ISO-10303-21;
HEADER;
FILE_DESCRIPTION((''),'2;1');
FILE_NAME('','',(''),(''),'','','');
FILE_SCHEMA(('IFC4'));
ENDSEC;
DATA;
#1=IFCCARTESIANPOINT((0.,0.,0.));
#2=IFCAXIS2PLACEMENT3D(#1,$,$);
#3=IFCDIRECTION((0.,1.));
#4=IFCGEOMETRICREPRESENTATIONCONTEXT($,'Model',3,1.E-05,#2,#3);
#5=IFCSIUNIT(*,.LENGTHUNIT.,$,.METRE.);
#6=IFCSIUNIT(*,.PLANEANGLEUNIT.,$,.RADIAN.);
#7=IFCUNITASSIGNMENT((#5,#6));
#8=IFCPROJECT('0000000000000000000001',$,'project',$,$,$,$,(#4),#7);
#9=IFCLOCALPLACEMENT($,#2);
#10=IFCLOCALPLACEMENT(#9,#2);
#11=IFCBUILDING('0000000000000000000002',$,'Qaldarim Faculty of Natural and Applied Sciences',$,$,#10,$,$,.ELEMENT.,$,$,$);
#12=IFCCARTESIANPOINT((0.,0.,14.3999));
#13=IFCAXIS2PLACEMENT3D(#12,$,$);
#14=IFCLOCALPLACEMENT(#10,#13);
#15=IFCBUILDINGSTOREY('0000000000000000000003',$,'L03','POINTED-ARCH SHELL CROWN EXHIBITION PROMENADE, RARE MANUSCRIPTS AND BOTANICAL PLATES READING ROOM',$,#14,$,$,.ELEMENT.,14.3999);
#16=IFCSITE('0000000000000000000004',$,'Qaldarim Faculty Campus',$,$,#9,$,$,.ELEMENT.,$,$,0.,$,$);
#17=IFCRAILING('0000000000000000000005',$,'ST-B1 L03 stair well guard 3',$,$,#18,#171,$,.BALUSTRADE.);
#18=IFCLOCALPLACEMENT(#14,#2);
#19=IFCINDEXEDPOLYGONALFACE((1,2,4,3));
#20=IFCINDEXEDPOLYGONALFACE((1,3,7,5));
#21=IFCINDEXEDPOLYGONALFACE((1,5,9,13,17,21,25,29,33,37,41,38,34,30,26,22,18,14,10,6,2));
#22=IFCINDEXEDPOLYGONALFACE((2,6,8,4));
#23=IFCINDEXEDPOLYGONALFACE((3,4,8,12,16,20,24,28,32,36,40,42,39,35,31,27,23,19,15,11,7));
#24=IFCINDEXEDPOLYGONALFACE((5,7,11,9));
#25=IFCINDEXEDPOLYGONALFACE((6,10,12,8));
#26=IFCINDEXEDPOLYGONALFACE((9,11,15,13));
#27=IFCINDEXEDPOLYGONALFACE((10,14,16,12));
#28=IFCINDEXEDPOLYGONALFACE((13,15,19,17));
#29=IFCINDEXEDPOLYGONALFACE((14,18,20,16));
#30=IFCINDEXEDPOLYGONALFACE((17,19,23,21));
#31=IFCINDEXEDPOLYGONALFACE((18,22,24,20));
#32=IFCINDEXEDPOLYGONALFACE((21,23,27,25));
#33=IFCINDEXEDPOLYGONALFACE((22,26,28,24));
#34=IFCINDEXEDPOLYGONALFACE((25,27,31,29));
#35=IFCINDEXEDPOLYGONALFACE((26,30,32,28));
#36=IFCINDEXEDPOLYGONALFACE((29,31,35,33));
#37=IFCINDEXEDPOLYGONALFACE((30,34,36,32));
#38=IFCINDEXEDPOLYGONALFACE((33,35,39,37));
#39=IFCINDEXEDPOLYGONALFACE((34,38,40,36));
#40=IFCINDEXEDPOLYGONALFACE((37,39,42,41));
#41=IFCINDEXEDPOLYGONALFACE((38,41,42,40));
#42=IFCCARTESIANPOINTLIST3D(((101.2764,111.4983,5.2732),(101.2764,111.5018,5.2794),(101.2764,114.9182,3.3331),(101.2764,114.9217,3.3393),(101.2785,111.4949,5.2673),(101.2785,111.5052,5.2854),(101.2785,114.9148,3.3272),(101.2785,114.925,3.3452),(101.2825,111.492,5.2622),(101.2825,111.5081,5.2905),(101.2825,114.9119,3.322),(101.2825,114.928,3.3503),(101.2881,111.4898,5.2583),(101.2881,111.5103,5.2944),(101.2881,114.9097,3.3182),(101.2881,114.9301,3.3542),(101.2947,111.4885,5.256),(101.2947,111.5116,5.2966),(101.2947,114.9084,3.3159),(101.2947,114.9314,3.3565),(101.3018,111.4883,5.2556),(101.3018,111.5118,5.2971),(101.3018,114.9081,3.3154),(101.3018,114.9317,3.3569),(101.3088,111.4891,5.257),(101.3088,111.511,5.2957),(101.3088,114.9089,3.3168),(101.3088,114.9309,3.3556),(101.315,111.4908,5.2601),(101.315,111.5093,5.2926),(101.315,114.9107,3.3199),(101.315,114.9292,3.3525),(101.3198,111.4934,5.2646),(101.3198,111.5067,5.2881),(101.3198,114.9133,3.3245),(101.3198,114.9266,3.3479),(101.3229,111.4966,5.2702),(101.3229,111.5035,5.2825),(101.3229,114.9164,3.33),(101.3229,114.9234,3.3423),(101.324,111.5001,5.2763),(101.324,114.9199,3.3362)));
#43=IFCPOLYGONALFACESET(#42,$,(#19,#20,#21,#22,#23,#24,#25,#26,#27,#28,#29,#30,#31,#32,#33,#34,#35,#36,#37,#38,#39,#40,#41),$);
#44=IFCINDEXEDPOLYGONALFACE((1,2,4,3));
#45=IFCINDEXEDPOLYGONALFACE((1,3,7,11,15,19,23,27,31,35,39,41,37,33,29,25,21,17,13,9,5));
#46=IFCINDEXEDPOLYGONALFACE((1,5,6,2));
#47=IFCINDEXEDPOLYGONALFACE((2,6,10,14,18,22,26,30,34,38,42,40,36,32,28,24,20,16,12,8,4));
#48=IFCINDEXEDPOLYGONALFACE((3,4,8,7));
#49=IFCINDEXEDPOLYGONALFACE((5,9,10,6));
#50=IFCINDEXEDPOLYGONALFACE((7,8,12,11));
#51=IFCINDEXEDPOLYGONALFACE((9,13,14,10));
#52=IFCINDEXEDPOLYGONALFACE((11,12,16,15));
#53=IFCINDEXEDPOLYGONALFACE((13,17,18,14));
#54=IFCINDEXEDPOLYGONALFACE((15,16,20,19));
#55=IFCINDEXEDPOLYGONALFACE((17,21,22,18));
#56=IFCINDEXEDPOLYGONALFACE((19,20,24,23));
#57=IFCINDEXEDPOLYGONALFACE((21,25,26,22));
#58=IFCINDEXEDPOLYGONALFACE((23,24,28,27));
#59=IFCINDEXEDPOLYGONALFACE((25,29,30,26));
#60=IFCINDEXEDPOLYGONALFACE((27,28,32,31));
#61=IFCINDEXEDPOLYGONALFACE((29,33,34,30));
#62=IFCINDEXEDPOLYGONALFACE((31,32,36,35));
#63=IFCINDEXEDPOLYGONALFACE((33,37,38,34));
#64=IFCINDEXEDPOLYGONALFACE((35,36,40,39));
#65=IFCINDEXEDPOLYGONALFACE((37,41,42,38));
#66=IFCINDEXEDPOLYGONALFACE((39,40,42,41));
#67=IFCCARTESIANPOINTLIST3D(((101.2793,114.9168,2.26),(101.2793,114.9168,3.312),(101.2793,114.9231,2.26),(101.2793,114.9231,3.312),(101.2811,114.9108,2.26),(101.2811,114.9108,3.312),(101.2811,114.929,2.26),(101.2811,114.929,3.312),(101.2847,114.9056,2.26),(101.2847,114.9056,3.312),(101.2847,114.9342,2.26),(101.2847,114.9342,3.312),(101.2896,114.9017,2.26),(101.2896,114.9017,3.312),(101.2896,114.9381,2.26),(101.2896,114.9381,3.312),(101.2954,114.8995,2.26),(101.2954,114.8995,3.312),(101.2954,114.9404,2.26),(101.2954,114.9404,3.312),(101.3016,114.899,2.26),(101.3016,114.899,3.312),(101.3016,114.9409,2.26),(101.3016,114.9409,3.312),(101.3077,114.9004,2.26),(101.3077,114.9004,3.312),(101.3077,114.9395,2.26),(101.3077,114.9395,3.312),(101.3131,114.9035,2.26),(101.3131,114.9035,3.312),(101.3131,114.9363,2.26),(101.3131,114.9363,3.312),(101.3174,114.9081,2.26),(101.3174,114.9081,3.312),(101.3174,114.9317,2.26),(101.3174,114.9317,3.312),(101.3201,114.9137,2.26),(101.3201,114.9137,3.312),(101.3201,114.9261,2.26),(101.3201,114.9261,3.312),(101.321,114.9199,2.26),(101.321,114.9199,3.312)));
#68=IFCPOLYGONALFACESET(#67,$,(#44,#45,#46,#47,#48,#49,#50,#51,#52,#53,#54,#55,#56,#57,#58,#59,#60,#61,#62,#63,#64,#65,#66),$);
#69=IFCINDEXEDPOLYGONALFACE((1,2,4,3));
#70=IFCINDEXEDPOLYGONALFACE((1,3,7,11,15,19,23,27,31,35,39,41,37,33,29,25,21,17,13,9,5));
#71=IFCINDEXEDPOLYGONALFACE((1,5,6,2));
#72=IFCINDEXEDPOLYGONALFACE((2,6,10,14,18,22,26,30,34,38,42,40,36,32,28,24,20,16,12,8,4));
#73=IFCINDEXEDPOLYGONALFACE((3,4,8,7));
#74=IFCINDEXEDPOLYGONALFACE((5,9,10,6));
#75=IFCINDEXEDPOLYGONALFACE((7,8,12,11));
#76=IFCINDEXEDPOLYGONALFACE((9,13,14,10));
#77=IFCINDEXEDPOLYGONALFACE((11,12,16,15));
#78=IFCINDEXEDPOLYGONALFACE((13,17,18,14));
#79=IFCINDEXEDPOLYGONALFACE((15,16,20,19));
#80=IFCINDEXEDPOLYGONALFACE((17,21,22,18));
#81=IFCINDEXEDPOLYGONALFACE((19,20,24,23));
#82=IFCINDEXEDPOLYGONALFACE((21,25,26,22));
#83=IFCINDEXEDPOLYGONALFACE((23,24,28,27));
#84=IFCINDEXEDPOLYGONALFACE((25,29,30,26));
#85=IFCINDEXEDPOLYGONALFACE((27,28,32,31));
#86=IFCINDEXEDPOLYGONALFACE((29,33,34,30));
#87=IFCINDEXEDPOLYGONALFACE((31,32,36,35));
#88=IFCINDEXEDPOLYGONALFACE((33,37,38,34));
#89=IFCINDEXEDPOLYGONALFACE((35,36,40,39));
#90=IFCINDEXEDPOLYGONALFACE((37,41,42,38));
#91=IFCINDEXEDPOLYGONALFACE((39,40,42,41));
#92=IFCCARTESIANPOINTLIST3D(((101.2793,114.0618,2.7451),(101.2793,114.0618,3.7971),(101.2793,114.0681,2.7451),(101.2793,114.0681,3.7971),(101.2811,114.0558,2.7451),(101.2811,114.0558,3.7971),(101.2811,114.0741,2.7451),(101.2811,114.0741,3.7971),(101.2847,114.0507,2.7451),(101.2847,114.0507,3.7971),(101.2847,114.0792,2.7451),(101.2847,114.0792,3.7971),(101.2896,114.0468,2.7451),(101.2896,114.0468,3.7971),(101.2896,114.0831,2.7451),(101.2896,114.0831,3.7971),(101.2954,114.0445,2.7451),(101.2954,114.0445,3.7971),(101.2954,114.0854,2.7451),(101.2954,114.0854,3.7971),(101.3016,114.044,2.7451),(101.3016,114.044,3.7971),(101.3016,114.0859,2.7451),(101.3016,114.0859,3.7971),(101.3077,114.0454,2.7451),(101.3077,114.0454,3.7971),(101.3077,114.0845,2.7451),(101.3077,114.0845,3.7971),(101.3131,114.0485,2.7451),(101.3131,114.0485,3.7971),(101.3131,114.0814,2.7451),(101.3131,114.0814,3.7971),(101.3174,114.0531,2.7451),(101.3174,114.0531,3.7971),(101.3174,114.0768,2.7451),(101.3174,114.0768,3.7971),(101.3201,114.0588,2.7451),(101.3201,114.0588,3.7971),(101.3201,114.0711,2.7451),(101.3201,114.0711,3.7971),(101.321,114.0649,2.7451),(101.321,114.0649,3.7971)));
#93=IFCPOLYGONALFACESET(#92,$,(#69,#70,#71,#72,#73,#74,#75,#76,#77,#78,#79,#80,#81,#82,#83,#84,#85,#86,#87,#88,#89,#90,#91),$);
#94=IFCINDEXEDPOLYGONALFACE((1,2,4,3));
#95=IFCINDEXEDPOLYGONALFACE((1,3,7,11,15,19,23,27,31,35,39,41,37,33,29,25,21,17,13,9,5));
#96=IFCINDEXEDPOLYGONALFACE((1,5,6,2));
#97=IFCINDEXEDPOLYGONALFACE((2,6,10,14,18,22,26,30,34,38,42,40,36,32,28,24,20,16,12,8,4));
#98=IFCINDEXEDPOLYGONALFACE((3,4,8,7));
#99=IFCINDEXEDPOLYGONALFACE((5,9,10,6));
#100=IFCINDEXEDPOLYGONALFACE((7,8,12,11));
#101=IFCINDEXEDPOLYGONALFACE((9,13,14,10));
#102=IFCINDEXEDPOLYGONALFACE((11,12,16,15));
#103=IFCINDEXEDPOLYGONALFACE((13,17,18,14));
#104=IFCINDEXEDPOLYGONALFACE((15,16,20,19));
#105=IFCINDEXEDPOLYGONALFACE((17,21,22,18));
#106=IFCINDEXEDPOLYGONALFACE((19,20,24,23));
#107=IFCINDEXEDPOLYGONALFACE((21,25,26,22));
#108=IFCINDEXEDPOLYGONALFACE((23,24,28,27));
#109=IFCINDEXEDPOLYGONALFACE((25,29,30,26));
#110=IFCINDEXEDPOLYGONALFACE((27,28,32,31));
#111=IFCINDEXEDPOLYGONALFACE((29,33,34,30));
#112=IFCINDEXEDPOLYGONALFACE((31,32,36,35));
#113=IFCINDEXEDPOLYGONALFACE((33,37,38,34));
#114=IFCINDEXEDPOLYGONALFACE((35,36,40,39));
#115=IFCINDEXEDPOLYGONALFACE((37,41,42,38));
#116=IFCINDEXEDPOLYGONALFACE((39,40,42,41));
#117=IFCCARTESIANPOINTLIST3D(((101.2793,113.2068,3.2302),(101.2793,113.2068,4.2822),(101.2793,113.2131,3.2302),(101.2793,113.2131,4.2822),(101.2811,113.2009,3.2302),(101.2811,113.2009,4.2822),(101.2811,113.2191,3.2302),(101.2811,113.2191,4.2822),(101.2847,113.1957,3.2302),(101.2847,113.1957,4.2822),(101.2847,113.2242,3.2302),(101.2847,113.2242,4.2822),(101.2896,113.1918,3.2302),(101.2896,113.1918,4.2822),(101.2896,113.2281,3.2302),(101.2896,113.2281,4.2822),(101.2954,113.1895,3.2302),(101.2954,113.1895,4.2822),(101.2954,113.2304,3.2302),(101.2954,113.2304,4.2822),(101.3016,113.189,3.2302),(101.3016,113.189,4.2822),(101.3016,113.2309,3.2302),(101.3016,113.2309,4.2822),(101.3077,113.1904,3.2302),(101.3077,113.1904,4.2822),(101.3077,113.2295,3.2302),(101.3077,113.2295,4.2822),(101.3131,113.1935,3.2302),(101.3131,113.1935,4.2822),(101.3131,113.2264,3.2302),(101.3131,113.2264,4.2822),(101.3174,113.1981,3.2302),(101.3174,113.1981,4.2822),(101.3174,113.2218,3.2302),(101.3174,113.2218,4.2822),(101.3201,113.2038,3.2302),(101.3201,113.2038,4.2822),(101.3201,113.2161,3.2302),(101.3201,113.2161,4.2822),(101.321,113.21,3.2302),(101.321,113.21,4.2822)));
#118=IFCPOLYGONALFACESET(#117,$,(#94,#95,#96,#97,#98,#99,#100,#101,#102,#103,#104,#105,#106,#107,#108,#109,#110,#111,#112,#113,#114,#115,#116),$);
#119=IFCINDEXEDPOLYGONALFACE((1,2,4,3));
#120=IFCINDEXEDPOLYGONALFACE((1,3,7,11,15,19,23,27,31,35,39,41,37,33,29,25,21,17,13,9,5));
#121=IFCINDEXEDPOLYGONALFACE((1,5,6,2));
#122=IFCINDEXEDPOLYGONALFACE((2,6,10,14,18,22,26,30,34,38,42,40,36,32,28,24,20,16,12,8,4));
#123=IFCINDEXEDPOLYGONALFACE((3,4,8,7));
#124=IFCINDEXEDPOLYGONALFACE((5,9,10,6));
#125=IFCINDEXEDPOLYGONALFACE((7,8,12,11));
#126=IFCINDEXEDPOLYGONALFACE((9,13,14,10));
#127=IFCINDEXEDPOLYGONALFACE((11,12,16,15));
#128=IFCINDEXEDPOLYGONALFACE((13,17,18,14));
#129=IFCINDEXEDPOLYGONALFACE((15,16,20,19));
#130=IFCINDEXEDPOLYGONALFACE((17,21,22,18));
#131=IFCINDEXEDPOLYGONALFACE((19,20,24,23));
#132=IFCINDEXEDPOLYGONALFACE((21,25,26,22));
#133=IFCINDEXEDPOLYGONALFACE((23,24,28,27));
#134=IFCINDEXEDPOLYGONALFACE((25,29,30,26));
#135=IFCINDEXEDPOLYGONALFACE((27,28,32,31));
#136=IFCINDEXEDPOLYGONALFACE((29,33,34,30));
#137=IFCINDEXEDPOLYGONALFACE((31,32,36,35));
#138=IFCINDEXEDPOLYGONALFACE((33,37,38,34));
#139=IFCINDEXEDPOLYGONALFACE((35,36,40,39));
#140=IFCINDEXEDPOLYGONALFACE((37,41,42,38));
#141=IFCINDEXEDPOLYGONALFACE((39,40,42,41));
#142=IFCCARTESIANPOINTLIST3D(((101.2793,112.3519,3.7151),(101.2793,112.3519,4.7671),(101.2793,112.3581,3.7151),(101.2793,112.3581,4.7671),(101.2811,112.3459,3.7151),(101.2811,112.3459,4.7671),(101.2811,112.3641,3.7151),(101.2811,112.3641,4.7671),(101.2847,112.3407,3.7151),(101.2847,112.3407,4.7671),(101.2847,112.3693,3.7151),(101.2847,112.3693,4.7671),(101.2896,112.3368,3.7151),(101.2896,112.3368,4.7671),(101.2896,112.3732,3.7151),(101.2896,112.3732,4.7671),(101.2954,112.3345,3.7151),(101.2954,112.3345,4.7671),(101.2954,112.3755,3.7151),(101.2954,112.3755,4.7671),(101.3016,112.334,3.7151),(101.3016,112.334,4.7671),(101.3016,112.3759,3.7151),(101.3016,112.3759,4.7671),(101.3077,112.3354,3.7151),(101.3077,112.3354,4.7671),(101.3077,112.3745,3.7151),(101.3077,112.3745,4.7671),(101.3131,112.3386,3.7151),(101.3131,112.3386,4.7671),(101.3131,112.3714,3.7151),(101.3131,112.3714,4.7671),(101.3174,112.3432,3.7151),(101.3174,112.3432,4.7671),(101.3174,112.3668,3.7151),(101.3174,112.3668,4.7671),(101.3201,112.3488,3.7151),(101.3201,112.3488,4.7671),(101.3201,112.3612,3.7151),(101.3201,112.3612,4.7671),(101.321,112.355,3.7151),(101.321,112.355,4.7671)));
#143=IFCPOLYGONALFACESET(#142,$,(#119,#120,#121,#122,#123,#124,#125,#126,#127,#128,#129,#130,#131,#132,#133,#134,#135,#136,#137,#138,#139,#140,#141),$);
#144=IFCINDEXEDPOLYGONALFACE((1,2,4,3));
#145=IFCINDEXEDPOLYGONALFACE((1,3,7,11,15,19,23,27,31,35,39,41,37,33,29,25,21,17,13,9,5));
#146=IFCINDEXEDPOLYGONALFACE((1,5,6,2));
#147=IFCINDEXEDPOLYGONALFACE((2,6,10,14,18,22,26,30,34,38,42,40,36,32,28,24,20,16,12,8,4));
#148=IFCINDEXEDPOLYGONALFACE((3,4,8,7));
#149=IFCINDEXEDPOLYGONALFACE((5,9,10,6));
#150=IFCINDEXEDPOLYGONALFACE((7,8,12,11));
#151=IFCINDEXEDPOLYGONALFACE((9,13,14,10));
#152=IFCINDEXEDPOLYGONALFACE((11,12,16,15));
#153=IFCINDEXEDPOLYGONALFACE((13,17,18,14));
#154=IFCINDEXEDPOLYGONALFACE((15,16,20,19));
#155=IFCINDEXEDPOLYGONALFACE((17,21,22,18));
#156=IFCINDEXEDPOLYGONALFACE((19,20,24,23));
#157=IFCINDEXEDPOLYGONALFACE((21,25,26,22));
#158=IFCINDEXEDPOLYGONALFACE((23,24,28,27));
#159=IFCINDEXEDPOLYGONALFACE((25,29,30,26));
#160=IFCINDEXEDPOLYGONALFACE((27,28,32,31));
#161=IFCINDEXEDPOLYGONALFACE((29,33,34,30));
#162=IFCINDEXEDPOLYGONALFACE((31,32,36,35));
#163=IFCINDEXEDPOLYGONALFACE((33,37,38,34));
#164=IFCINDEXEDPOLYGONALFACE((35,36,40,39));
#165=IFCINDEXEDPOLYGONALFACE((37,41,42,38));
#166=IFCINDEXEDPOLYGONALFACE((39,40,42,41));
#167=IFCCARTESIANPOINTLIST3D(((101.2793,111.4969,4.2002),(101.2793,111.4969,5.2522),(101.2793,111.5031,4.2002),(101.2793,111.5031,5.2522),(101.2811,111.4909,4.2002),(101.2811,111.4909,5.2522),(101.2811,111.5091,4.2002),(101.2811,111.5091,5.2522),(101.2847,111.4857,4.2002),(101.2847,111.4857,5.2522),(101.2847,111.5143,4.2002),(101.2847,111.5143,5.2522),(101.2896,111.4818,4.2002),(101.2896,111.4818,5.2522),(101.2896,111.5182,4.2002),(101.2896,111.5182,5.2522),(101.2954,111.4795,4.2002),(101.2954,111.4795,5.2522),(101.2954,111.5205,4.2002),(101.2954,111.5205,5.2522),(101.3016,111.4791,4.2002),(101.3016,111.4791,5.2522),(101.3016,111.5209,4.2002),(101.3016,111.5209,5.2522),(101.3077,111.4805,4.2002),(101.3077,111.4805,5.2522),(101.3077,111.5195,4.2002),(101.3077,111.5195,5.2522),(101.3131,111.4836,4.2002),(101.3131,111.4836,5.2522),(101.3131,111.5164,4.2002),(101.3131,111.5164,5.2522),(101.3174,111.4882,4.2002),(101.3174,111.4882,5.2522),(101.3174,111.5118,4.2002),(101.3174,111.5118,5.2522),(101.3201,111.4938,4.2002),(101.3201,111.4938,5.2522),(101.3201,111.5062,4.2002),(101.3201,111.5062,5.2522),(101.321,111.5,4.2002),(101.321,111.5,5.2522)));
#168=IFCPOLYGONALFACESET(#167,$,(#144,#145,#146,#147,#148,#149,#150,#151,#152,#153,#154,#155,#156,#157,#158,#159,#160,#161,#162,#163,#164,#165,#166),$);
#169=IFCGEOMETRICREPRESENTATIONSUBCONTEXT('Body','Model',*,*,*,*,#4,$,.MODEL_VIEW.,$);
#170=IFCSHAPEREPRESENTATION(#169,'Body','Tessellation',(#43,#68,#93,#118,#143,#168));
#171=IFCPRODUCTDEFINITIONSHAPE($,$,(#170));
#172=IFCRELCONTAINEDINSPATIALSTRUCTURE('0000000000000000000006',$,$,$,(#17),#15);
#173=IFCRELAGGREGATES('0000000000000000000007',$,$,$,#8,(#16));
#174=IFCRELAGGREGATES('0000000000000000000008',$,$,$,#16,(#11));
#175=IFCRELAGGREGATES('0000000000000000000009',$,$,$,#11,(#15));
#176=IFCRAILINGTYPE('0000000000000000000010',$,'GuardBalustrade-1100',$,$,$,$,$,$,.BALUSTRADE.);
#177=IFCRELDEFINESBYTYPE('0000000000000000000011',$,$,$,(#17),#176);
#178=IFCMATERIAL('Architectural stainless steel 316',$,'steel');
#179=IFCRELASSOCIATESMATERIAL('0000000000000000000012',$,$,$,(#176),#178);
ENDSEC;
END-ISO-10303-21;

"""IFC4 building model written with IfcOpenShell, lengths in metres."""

from ifc_helpers import new_model, si_unit, direction, frame, origin, origin_2d, place, context, subcontext, project, spatial, circle, extrude, material, type_object, element, save


model = new_model("IFC4")

# Units and contexts
model_context = context("Model", 3, precision=1e-05, world=origin(), true_north=direction((0.0, 1.0)))
body_context = subcontext(model_context, "Body", "Model", "MODEL_VIEW")
ifc_project = project(units=[si_unit("LENGTHUNIT", "METRE"), si_unit("PLANEANGLEUNIT", "RADIAN")], contexts=[model_context])

# Site, building, storey
site_placement = place(None, origin())
site = spatial("IfcSite", under=ifc_project, at=site_placement, Name="Qaldarim Faculty Campus", CompositionType="ELEMENT", RefElevation=0.0)
building_placement = place(site_placement, origin())
building = spatial("IfcBuilding", under=site, at=building_placement, Name="Qaldarim Faculty of Natural and Applied Sciences", CompositionType="ELEMENT")
storey_placement = place(building_placement, frame((0.0, 0.0, 14.3999)))
storey = spatial("IfcBuildingStorey", under=building, at=storey_placement, Name="L03", Description="POINTED-ARCH SHELL CROWN EXHIBITION PROMENADE, RARE MANUSCRIPTS AND BOTANICAL PLATES READING ROOM", CompositionType="ELEMENT", Elevation=14.3999)

# Shared definitions
ifc_material_1 = material(Name="Architectural stainless steel 316", Category="steel")

# Railing
railing_type_1 = type_object("IfcRailingType", Name="GuardBalustrade-1100", PredefinedType="BALUSTRADE", material=ifc_material_1)
railing_1_placement = place(storey_placement, frame((101.3, 114.9199, 2.26)))
element("IfcRailing", 1, at=railing_1_placement, inside=storey, type_object=railing_type_1, Name="ST-B1 L03 stair well guard 3", PredefinedType="BALUSTRADE", context=body_context, shape_type="SweptSolid", body=[
    extrude(circle(Radius=0.0239, at=origin_2d()), frame((0.0, 0.0, 1.0762), z_axis=(0.0, -0.869779, 0.493442), x_axis=(1.0, 0.0, 0.0)), (0.0, 0.0, 1.0), 3.9319),
    extrude(circle(Radius=0.021, at=origin_2d()), origin(), (0.0, 0.0, 1.0), 1.052),
    extrude(circle(Radius=0.021, at=origin_2d()), frame((0.0, -0.855, 0.4851)), (0.0, 0.0, 1.0), 1.052),
    extrude(circle(Radius=0.021, at=origin_2d()), frame((0.0, -1.71, 0.9702)), (0.0, 0.0, 1.0), 1.052),
    extrude(circle(Radius=0.021, at=origin_2d()), frame((0.0, -2.5649, 1.4551)), (0.0, 0.0, 1.0), 1.052),
    extrude(circle(Radius=0.021, at=origin_2d()), frame((0.0, -3.4199, 1.9402)), (0.0, 0.0, 1.0), 1.052),
])

save(model, "model.ifc")
